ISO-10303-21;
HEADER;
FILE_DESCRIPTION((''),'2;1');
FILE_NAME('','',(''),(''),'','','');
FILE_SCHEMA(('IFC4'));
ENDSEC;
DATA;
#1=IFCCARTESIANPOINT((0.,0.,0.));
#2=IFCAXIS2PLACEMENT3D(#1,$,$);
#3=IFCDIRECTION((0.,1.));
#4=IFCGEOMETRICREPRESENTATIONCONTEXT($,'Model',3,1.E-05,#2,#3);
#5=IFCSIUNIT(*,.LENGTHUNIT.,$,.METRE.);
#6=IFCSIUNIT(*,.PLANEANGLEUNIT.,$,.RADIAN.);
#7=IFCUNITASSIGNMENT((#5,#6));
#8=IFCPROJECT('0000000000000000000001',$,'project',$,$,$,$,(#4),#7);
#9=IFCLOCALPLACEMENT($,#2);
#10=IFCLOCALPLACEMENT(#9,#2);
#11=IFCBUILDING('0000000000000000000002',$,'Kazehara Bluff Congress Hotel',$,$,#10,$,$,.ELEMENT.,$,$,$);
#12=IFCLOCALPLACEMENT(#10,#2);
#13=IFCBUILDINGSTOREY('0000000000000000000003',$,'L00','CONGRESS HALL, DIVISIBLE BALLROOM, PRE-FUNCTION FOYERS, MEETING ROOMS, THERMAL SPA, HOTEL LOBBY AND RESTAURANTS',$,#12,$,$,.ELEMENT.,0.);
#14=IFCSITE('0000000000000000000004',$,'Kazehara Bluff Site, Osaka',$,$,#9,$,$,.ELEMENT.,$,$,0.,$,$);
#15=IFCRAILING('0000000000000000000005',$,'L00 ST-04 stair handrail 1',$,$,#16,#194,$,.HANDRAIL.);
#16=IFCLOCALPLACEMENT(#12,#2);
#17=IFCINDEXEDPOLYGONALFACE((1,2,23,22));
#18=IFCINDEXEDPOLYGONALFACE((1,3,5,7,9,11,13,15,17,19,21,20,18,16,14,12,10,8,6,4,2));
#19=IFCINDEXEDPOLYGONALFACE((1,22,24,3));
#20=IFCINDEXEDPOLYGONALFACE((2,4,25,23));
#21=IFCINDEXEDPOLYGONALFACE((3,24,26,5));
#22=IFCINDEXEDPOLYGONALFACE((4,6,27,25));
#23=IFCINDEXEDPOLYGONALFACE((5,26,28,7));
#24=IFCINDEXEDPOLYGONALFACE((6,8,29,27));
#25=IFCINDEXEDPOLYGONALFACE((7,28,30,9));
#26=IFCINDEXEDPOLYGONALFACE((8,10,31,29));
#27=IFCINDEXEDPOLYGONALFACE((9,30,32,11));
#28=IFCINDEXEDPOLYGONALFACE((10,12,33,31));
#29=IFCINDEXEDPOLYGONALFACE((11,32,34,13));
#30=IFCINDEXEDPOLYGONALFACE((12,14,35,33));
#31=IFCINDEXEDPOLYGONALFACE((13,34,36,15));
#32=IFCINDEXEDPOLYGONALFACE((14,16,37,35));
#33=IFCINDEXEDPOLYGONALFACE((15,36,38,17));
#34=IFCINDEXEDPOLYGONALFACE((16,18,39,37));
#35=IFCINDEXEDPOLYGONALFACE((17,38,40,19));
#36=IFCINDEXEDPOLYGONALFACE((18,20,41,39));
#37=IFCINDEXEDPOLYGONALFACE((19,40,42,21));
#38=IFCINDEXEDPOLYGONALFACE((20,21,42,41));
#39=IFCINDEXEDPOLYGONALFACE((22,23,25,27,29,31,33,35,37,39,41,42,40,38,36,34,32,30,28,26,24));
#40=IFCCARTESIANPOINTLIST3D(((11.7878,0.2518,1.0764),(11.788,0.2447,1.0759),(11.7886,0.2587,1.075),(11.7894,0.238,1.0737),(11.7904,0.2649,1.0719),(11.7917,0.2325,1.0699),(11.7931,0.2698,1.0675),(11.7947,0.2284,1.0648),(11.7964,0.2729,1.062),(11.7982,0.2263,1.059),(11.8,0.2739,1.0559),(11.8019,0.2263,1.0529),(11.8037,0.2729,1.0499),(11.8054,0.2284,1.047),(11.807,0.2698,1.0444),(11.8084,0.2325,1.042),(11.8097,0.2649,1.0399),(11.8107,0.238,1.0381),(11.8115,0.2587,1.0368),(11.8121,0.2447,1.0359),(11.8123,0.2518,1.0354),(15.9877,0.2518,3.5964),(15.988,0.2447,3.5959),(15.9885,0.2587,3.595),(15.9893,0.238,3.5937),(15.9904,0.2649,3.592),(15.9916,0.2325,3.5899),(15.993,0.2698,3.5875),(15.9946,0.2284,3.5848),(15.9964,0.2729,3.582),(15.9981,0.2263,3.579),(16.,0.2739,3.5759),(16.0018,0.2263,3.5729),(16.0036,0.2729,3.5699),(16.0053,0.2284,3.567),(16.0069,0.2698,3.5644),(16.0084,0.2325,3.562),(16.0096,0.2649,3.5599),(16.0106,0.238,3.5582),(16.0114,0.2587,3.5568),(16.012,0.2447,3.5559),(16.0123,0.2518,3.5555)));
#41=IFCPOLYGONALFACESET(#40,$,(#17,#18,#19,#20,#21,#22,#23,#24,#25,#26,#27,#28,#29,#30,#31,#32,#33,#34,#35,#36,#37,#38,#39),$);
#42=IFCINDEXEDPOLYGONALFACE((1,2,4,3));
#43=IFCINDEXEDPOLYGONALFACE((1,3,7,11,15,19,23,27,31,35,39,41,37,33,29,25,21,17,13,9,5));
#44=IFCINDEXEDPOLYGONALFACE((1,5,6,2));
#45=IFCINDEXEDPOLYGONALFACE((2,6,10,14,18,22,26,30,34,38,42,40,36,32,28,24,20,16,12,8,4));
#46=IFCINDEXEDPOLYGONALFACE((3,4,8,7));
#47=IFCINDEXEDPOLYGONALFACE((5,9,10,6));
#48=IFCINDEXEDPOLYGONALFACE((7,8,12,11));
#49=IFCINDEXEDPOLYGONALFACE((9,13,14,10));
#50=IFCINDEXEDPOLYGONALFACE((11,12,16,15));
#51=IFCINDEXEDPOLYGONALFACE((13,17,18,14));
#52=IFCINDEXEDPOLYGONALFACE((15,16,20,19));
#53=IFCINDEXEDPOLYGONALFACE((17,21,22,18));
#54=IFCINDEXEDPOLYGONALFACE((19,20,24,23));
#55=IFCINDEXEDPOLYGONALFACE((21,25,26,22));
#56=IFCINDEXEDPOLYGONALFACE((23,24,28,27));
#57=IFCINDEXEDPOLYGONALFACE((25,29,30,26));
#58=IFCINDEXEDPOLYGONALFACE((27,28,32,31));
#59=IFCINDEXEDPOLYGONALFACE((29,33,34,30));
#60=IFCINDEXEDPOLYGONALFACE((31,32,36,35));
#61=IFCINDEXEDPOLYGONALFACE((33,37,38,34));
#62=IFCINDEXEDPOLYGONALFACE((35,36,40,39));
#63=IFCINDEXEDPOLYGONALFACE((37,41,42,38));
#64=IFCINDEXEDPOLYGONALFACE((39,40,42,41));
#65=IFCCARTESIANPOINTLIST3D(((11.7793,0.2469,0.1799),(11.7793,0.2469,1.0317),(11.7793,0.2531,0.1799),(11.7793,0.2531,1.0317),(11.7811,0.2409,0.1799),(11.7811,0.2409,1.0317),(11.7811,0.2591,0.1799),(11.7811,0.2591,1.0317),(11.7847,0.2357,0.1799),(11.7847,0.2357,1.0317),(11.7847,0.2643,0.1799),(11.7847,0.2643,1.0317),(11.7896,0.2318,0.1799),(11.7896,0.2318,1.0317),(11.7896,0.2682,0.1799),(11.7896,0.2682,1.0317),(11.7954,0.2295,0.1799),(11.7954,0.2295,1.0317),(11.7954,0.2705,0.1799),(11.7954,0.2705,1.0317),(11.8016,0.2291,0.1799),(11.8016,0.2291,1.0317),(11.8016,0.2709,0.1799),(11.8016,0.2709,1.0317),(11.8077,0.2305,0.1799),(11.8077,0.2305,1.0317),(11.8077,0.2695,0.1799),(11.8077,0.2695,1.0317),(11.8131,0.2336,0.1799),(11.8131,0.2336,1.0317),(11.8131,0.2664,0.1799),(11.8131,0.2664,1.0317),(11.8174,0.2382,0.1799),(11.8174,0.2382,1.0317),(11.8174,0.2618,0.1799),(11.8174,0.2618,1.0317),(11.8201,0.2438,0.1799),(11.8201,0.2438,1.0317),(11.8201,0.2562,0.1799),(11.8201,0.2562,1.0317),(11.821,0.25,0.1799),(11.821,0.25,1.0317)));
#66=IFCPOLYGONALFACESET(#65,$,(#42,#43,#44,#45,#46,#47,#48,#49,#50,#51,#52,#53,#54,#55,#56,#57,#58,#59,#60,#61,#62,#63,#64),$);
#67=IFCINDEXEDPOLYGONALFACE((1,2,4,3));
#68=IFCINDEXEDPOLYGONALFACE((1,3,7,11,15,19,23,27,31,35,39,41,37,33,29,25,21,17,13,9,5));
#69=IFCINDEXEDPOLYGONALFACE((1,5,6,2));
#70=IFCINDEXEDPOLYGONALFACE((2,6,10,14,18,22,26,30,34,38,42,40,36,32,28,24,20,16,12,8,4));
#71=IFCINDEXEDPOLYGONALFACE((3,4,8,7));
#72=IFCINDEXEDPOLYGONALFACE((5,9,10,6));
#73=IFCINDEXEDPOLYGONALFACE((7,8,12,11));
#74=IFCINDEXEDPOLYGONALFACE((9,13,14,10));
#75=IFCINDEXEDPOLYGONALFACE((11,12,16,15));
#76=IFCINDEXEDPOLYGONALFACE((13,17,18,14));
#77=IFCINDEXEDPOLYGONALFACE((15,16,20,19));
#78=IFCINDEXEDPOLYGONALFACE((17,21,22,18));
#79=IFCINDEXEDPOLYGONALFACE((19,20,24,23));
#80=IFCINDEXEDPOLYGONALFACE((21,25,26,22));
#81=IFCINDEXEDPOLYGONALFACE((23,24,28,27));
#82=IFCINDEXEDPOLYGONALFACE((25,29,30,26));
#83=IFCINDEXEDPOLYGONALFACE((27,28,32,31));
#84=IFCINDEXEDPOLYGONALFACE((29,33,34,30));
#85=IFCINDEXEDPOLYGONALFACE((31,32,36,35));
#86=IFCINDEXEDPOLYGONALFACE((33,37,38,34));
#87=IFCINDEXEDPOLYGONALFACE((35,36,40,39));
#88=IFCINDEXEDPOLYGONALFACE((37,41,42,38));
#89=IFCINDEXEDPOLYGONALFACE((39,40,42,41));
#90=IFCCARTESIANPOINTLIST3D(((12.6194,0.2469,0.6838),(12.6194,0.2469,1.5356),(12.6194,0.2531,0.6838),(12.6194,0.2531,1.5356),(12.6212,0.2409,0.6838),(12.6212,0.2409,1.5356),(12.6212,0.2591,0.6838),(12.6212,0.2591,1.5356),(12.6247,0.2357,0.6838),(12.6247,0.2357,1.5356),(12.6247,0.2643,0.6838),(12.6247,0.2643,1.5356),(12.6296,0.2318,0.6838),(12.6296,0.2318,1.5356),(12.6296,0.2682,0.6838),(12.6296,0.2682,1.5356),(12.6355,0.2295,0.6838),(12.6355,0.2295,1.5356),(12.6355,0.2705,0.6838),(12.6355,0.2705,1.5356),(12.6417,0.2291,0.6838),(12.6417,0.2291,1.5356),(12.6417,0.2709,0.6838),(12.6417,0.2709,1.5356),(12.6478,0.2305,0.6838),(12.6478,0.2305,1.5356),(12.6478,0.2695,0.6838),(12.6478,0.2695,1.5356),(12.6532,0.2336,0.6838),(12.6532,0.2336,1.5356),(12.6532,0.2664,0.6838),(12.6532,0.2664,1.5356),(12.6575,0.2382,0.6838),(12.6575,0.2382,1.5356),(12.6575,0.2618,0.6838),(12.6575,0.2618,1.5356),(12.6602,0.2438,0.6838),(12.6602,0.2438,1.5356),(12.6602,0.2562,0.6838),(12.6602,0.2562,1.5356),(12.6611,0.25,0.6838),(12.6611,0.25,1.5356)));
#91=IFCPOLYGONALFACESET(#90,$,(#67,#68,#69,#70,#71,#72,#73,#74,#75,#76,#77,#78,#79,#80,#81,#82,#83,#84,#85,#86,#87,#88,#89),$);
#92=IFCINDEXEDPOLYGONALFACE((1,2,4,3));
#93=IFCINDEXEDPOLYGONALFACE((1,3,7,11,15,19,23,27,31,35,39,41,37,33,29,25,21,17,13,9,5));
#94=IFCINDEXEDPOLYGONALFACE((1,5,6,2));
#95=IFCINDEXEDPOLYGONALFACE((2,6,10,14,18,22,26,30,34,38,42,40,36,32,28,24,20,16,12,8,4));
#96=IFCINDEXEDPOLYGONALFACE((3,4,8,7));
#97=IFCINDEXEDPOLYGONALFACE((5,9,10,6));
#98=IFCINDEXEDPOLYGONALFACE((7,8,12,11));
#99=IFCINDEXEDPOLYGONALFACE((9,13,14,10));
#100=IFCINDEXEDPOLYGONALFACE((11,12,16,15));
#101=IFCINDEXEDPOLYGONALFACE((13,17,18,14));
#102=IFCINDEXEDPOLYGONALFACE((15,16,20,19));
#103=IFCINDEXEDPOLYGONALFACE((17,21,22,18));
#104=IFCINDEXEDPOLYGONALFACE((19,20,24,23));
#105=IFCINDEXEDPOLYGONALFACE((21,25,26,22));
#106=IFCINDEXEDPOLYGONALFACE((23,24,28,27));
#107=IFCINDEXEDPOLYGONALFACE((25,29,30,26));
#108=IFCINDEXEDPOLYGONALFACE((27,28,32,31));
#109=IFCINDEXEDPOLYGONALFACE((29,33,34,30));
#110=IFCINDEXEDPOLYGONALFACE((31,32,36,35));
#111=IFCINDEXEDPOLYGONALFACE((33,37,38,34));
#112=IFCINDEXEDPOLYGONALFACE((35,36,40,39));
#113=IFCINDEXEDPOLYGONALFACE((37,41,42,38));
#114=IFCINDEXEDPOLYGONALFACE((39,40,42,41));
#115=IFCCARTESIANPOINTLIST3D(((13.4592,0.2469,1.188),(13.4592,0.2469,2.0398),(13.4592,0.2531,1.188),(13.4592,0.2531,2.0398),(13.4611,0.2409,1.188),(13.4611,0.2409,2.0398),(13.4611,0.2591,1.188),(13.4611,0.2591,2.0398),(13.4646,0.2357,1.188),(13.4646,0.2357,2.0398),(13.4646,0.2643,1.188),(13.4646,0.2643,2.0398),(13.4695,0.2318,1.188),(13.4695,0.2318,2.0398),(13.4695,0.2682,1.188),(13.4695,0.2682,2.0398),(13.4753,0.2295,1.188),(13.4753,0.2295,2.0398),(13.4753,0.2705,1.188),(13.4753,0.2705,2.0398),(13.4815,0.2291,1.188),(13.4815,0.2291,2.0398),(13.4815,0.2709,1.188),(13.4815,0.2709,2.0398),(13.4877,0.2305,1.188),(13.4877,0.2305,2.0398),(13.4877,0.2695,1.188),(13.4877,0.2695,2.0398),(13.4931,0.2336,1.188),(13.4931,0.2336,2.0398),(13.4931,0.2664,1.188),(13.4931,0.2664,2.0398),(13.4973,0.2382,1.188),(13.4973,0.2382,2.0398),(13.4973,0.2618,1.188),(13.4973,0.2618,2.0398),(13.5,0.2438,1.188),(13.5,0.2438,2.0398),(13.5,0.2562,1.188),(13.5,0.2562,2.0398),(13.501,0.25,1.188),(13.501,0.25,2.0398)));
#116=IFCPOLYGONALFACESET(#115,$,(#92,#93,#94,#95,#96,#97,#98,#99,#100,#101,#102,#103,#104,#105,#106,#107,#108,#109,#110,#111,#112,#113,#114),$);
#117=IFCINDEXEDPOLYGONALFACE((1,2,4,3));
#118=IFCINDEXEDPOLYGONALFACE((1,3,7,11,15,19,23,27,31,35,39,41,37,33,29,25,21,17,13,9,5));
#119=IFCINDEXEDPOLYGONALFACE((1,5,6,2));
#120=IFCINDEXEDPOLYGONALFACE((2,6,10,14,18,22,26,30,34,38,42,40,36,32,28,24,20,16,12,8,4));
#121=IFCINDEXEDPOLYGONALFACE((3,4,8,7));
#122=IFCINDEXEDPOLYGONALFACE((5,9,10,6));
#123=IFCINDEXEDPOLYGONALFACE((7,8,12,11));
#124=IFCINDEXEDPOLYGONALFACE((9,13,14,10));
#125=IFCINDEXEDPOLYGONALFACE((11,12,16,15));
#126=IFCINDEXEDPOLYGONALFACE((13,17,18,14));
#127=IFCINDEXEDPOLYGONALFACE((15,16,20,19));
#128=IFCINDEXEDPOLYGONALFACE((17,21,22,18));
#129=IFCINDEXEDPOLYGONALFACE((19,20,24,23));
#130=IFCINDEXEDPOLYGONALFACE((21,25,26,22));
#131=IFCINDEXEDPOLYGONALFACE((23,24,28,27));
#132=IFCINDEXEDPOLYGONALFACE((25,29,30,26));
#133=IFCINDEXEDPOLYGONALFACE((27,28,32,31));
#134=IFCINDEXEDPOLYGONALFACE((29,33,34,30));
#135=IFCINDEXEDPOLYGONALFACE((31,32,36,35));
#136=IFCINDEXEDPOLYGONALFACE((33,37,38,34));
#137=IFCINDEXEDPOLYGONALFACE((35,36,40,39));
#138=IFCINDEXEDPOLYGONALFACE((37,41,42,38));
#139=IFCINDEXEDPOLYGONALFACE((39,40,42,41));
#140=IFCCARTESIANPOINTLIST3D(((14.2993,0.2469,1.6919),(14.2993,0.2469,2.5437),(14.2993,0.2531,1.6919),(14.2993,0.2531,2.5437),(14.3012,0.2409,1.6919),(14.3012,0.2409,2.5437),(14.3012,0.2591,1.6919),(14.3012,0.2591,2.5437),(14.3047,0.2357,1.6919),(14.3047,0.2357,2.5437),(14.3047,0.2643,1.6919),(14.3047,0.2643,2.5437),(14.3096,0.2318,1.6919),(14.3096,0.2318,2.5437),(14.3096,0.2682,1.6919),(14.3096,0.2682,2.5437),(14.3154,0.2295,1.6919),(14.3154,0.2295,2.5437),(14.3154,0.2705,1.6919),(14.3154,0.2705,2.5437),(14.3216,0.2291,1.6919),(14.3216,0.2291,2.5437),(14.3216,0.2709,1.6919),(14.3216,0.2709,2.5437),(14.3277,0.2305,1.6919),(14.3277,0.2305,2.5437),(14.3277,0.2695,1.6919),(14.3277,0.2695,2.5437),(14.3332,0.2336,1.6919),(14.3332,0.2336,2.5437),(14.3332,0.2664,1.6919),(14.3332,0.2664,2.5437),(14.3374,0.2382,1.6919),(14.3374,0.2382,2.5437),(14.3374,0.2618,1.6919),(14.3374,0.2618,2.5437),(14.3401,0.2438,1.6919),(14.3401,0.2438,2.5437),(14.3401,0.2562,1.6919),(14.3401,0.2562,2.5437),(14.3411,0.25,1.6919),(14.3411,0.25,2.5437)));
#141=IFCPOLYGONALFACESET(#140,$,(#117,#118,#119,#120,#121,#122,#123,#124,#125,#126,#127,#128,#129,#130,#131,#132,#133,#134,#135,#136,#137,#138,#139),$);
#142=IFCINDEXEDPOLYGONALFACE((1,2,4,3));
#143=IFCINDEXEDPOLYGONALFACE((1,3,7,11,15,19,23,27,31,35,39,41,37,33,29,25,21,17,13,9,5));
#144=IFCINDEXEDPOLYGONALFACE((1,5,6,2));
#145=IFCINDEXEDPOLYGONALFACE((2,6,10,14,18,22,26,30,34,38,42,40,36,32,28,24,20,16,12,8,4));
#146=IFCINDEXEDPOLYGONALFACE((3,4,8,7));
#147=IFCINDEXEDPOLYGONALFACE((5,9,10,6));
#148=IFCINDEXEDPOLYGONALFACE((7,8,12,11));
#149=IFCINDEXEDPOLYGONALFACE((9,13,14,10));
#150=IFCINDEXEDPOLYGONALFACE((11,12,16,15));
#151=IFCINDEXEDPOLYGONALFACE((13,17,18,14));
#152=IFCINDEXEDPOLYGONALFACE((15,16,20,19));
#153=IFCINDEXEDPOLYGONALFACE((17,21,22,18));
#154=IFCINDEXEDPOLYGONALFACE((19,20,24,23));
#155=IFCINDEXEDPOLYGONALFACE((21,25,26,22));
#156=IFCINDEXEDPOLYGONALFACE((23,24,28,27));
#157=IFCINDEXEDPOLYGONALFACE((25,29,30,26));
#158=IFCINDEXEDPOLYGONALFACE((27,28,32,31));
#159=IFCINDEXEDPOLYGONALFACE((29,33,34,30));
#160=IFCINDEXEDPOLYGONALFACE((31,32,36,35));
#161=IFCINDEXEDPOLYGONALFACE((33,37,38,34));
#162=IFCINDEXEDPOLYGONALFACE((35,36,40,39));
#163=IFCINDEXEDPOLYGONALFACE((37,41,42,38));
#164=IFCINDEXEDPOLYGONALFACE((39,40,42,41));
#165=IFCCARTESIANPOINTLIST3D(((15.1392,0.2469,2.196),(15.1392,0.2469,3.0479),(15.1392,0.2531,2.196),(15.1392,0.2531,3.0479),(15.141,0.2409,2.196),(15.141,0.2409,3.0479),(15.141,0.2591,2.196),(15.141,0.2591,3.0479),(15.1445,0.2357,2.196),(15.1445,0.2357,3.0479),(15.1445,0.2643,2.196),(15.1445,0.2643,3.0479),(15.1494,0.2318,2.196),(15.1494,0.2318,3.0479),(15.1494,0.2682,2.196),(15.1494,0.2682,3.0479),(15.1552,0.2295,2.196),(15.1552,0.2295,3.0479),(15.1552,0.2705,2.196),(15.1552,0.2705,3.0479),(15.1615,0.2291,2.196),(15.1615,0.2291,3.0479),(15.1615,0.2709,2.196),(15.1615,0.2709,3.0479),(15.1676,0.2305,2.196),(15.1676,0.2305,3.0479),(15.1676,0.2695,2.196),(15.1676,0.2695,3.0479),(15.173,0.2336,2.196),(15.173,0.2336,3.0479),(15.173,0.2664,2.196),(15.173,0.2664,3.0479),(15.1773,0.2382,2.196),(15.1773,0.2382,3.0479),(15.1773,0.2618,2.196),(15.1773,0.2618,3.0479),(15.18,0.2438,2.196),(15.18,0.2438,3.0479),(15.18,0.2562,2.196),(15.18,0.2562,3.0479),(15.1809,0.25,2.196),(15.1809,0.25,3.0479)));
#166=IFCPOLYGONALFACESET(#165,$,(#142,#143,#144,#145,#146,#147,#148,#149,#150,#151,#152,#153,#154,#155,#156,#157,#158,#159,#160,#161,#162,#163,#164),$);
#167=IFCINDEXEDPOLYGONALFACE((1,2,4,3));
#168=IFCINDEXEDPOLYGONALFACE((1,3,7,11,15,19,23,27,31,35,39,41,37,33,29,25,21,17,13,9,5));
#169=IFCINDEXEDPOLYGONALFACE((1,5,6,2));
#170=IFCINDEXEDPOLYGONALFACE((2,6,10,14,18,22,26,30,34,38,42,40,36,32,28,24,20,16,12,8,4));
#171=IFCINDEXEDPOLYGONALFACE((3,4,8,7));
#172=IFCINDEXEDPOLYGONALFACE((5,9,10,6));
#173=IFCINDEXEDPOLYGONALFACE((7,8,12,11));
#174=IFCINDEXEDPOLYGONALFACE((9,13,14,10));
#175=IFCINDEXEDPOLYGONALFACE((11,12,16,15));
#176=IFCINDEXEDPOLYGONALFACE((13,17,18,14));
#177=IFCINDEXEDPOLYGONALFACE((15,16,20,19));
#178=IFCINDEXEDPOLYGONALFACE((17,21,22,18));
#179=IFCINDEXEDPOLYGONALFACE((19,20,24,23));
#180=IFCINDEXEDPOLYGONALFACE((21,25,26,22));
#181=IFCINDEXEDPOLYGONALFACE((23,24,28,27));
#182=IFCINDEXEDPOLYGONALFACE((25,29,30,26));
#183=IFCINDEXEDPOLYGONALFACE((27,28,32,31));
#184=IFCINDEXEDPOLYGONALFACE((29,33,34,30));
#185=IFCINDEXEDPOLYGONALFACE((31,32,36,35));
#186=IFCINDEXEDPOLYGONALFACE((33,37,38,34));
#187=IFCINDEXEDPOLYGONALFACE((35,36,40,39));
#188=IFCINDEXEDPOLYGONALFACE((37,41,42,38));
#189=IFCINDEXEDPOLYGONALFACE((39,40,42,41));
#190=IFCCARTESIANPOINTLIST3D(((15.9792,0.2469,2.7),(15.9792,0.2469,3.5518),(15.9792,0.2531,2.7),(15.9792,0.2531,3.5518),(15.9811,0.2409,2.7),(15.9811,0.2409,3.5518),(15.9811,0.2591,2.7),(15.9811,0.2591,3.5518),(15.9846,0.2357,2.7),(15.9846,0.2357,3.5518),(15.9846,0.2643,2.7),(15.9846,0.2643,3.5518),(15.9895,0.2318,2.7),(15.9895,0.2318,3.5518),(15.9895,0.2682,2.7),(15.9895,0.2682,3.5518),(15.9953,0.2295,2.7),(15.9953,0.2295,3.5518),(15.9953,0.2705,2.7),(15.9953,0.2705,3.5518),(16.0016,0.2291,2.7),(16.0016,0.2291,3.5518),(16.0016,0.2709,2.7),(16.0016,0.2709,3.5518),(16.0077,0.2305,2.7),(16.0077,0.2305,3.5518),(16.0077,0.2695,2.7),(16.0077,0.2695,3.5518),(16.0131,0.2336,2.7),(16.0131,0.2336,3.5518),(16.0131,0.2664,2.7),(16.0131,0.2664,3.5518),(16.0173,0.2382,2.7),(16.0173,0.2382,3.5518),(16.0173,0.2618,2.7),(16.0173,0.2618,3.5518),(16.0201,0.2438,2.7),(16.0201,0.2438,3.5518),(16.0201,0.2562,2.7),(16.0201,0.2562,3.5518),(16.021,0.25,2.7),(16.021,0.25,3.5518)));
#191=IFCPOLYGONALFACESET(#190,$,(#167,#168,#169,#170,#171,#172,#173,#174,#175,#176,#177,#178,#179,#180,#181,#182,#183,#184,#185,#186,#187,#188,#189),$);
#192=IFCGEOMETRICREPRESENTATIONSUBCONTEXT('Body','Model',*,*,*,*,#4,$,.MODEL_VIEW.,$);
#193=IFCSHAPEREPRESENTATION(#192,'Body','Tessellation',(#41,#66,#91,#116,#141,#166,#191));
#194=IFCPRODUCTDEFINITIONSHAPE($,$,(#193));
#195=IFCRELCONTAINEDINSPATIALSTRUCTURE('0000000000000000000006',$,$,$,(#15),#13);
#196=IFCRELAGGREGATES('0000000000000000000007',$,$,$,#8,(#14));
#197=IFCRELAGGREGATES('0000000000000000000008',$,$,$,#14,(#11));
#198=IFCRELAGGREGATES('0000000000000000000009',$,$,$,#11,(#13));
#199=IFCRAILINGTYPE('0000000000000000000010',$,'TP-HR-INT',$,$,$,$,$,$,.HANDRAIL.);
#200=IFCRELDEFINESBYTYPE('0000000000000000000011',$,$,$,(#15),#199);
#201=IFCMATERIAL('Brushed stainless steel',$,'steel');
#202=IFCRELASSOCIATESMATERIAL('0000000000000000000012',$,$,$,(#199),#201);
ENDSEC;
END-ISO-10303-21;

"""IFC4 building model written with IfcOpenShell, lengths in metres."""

from ifc_helpers import new_model, si_unit, direction, frame, origin, origin_2d, place, context, subcontext, project, spatial, circle, extrude, material, type_object, element, save


model = new_model("IFC4")

# Units and contexts
model_context = context("Model", 3, precision=1e-05, world=origin(), true_north=direction((0.0, 1.0)))
body_context = subcontext(model_context, "Body", "Model", "MODEL_VIEW")
ifc_project = project(units=[si_unit("LENGTHUNIT", "METRE"), si_unit("PLANEANGLEUNIT", "RADIAN")], contexts=[model_context])

# Site, building, storey
site_placement = place(None, origin())
site = spatial("IfcSite", under=ifc_project, at=site_placement, Name="Kazehara Bluff Site, Osaka", CompositionType="ELEMENT", RefElevation=0.0)
building_placement = place(site_placement, origin())
building = spatial("IfcBuilding", under=site, at=building_placement, Name="Kazehara Bluff Congress Hotel", CompositionType="ELEMENT")
storey_placement = place(building_placement, origin())
storey = spatial("IfcBuildingStorey", under=building, at=storey_placement, Name="L00", Description="CONGRESS HALL, DIVISIBLE BALLROOM, PRE-FUNCTION FOYERS, MEETING ROOMS, THERMAL SPA, HOTEL LOBBY AND RESTAURANTS", CompositionType="ELEMENT", Elevation=0.0)

# Railing
ifc_material_1 = material(Name="Brushed stainless steel", Category="steel")
railing_type_1 = type_object("IfcRailingType", Name="TP-HR-INT", PredefinedType="HANDRAIL", material=ifc_material_1)
railing_1_placement = place(storey_placement, frame((11.8, 0.25, 0.1799)))
element("IfcRailing", 1, at=railing_1_placement, inside=storey, type_object=railing_type_1, Name="L00 ST-04 stair handrail 1", PredefinedType="HANDRAIL", context=body_context, shape_type="SweptSolid", body=[
    extrude(circle(Radius=0.0239, at=origin_2d()), frame((0.0, 0.0, 0.876), z_axis=(0.857489, 0.0, 0.514503), x_axis=(0.0, 1.0, 0.0)), (0.0, 0.0, 1.0), 4.8979),
    extrude(circle(Radius=0.021, at=origin_2d()), origin(), (0.0, 0.0, 1.0), 0.8518),
    extrude(circle(Radius=0.021, at=origin_2d()), frame((0.8401, 0.0, 0.5039)), (0.0, 0.0, 1.0), 0.8518),
    extrude(circle(Radius=0.021, at=origin_2d()), frame((1.6799, 0.0, 1.0081)), (0.0, 0.0, 1.0), 0.8518),
    extrude(circle(Radius=0.021, at=origin_2d()), frame((2.52, 0.0, 1.512)), (0.0, 0.0, 1.0), 0.8518),
    extrude(circle(Radius=0.021, at=origin_2d()), frame((3.3599, 0.0, 2.0161)), (0.0, 0.0, 1.0), 0.8518),
    extrude(circle(Radius=0.021, at=origin_2d()), frame((4.2, 0.0, 2.52)), (0.0, 0.0, 1.0), 0.8518),
])

save(model, "model.ifc")
